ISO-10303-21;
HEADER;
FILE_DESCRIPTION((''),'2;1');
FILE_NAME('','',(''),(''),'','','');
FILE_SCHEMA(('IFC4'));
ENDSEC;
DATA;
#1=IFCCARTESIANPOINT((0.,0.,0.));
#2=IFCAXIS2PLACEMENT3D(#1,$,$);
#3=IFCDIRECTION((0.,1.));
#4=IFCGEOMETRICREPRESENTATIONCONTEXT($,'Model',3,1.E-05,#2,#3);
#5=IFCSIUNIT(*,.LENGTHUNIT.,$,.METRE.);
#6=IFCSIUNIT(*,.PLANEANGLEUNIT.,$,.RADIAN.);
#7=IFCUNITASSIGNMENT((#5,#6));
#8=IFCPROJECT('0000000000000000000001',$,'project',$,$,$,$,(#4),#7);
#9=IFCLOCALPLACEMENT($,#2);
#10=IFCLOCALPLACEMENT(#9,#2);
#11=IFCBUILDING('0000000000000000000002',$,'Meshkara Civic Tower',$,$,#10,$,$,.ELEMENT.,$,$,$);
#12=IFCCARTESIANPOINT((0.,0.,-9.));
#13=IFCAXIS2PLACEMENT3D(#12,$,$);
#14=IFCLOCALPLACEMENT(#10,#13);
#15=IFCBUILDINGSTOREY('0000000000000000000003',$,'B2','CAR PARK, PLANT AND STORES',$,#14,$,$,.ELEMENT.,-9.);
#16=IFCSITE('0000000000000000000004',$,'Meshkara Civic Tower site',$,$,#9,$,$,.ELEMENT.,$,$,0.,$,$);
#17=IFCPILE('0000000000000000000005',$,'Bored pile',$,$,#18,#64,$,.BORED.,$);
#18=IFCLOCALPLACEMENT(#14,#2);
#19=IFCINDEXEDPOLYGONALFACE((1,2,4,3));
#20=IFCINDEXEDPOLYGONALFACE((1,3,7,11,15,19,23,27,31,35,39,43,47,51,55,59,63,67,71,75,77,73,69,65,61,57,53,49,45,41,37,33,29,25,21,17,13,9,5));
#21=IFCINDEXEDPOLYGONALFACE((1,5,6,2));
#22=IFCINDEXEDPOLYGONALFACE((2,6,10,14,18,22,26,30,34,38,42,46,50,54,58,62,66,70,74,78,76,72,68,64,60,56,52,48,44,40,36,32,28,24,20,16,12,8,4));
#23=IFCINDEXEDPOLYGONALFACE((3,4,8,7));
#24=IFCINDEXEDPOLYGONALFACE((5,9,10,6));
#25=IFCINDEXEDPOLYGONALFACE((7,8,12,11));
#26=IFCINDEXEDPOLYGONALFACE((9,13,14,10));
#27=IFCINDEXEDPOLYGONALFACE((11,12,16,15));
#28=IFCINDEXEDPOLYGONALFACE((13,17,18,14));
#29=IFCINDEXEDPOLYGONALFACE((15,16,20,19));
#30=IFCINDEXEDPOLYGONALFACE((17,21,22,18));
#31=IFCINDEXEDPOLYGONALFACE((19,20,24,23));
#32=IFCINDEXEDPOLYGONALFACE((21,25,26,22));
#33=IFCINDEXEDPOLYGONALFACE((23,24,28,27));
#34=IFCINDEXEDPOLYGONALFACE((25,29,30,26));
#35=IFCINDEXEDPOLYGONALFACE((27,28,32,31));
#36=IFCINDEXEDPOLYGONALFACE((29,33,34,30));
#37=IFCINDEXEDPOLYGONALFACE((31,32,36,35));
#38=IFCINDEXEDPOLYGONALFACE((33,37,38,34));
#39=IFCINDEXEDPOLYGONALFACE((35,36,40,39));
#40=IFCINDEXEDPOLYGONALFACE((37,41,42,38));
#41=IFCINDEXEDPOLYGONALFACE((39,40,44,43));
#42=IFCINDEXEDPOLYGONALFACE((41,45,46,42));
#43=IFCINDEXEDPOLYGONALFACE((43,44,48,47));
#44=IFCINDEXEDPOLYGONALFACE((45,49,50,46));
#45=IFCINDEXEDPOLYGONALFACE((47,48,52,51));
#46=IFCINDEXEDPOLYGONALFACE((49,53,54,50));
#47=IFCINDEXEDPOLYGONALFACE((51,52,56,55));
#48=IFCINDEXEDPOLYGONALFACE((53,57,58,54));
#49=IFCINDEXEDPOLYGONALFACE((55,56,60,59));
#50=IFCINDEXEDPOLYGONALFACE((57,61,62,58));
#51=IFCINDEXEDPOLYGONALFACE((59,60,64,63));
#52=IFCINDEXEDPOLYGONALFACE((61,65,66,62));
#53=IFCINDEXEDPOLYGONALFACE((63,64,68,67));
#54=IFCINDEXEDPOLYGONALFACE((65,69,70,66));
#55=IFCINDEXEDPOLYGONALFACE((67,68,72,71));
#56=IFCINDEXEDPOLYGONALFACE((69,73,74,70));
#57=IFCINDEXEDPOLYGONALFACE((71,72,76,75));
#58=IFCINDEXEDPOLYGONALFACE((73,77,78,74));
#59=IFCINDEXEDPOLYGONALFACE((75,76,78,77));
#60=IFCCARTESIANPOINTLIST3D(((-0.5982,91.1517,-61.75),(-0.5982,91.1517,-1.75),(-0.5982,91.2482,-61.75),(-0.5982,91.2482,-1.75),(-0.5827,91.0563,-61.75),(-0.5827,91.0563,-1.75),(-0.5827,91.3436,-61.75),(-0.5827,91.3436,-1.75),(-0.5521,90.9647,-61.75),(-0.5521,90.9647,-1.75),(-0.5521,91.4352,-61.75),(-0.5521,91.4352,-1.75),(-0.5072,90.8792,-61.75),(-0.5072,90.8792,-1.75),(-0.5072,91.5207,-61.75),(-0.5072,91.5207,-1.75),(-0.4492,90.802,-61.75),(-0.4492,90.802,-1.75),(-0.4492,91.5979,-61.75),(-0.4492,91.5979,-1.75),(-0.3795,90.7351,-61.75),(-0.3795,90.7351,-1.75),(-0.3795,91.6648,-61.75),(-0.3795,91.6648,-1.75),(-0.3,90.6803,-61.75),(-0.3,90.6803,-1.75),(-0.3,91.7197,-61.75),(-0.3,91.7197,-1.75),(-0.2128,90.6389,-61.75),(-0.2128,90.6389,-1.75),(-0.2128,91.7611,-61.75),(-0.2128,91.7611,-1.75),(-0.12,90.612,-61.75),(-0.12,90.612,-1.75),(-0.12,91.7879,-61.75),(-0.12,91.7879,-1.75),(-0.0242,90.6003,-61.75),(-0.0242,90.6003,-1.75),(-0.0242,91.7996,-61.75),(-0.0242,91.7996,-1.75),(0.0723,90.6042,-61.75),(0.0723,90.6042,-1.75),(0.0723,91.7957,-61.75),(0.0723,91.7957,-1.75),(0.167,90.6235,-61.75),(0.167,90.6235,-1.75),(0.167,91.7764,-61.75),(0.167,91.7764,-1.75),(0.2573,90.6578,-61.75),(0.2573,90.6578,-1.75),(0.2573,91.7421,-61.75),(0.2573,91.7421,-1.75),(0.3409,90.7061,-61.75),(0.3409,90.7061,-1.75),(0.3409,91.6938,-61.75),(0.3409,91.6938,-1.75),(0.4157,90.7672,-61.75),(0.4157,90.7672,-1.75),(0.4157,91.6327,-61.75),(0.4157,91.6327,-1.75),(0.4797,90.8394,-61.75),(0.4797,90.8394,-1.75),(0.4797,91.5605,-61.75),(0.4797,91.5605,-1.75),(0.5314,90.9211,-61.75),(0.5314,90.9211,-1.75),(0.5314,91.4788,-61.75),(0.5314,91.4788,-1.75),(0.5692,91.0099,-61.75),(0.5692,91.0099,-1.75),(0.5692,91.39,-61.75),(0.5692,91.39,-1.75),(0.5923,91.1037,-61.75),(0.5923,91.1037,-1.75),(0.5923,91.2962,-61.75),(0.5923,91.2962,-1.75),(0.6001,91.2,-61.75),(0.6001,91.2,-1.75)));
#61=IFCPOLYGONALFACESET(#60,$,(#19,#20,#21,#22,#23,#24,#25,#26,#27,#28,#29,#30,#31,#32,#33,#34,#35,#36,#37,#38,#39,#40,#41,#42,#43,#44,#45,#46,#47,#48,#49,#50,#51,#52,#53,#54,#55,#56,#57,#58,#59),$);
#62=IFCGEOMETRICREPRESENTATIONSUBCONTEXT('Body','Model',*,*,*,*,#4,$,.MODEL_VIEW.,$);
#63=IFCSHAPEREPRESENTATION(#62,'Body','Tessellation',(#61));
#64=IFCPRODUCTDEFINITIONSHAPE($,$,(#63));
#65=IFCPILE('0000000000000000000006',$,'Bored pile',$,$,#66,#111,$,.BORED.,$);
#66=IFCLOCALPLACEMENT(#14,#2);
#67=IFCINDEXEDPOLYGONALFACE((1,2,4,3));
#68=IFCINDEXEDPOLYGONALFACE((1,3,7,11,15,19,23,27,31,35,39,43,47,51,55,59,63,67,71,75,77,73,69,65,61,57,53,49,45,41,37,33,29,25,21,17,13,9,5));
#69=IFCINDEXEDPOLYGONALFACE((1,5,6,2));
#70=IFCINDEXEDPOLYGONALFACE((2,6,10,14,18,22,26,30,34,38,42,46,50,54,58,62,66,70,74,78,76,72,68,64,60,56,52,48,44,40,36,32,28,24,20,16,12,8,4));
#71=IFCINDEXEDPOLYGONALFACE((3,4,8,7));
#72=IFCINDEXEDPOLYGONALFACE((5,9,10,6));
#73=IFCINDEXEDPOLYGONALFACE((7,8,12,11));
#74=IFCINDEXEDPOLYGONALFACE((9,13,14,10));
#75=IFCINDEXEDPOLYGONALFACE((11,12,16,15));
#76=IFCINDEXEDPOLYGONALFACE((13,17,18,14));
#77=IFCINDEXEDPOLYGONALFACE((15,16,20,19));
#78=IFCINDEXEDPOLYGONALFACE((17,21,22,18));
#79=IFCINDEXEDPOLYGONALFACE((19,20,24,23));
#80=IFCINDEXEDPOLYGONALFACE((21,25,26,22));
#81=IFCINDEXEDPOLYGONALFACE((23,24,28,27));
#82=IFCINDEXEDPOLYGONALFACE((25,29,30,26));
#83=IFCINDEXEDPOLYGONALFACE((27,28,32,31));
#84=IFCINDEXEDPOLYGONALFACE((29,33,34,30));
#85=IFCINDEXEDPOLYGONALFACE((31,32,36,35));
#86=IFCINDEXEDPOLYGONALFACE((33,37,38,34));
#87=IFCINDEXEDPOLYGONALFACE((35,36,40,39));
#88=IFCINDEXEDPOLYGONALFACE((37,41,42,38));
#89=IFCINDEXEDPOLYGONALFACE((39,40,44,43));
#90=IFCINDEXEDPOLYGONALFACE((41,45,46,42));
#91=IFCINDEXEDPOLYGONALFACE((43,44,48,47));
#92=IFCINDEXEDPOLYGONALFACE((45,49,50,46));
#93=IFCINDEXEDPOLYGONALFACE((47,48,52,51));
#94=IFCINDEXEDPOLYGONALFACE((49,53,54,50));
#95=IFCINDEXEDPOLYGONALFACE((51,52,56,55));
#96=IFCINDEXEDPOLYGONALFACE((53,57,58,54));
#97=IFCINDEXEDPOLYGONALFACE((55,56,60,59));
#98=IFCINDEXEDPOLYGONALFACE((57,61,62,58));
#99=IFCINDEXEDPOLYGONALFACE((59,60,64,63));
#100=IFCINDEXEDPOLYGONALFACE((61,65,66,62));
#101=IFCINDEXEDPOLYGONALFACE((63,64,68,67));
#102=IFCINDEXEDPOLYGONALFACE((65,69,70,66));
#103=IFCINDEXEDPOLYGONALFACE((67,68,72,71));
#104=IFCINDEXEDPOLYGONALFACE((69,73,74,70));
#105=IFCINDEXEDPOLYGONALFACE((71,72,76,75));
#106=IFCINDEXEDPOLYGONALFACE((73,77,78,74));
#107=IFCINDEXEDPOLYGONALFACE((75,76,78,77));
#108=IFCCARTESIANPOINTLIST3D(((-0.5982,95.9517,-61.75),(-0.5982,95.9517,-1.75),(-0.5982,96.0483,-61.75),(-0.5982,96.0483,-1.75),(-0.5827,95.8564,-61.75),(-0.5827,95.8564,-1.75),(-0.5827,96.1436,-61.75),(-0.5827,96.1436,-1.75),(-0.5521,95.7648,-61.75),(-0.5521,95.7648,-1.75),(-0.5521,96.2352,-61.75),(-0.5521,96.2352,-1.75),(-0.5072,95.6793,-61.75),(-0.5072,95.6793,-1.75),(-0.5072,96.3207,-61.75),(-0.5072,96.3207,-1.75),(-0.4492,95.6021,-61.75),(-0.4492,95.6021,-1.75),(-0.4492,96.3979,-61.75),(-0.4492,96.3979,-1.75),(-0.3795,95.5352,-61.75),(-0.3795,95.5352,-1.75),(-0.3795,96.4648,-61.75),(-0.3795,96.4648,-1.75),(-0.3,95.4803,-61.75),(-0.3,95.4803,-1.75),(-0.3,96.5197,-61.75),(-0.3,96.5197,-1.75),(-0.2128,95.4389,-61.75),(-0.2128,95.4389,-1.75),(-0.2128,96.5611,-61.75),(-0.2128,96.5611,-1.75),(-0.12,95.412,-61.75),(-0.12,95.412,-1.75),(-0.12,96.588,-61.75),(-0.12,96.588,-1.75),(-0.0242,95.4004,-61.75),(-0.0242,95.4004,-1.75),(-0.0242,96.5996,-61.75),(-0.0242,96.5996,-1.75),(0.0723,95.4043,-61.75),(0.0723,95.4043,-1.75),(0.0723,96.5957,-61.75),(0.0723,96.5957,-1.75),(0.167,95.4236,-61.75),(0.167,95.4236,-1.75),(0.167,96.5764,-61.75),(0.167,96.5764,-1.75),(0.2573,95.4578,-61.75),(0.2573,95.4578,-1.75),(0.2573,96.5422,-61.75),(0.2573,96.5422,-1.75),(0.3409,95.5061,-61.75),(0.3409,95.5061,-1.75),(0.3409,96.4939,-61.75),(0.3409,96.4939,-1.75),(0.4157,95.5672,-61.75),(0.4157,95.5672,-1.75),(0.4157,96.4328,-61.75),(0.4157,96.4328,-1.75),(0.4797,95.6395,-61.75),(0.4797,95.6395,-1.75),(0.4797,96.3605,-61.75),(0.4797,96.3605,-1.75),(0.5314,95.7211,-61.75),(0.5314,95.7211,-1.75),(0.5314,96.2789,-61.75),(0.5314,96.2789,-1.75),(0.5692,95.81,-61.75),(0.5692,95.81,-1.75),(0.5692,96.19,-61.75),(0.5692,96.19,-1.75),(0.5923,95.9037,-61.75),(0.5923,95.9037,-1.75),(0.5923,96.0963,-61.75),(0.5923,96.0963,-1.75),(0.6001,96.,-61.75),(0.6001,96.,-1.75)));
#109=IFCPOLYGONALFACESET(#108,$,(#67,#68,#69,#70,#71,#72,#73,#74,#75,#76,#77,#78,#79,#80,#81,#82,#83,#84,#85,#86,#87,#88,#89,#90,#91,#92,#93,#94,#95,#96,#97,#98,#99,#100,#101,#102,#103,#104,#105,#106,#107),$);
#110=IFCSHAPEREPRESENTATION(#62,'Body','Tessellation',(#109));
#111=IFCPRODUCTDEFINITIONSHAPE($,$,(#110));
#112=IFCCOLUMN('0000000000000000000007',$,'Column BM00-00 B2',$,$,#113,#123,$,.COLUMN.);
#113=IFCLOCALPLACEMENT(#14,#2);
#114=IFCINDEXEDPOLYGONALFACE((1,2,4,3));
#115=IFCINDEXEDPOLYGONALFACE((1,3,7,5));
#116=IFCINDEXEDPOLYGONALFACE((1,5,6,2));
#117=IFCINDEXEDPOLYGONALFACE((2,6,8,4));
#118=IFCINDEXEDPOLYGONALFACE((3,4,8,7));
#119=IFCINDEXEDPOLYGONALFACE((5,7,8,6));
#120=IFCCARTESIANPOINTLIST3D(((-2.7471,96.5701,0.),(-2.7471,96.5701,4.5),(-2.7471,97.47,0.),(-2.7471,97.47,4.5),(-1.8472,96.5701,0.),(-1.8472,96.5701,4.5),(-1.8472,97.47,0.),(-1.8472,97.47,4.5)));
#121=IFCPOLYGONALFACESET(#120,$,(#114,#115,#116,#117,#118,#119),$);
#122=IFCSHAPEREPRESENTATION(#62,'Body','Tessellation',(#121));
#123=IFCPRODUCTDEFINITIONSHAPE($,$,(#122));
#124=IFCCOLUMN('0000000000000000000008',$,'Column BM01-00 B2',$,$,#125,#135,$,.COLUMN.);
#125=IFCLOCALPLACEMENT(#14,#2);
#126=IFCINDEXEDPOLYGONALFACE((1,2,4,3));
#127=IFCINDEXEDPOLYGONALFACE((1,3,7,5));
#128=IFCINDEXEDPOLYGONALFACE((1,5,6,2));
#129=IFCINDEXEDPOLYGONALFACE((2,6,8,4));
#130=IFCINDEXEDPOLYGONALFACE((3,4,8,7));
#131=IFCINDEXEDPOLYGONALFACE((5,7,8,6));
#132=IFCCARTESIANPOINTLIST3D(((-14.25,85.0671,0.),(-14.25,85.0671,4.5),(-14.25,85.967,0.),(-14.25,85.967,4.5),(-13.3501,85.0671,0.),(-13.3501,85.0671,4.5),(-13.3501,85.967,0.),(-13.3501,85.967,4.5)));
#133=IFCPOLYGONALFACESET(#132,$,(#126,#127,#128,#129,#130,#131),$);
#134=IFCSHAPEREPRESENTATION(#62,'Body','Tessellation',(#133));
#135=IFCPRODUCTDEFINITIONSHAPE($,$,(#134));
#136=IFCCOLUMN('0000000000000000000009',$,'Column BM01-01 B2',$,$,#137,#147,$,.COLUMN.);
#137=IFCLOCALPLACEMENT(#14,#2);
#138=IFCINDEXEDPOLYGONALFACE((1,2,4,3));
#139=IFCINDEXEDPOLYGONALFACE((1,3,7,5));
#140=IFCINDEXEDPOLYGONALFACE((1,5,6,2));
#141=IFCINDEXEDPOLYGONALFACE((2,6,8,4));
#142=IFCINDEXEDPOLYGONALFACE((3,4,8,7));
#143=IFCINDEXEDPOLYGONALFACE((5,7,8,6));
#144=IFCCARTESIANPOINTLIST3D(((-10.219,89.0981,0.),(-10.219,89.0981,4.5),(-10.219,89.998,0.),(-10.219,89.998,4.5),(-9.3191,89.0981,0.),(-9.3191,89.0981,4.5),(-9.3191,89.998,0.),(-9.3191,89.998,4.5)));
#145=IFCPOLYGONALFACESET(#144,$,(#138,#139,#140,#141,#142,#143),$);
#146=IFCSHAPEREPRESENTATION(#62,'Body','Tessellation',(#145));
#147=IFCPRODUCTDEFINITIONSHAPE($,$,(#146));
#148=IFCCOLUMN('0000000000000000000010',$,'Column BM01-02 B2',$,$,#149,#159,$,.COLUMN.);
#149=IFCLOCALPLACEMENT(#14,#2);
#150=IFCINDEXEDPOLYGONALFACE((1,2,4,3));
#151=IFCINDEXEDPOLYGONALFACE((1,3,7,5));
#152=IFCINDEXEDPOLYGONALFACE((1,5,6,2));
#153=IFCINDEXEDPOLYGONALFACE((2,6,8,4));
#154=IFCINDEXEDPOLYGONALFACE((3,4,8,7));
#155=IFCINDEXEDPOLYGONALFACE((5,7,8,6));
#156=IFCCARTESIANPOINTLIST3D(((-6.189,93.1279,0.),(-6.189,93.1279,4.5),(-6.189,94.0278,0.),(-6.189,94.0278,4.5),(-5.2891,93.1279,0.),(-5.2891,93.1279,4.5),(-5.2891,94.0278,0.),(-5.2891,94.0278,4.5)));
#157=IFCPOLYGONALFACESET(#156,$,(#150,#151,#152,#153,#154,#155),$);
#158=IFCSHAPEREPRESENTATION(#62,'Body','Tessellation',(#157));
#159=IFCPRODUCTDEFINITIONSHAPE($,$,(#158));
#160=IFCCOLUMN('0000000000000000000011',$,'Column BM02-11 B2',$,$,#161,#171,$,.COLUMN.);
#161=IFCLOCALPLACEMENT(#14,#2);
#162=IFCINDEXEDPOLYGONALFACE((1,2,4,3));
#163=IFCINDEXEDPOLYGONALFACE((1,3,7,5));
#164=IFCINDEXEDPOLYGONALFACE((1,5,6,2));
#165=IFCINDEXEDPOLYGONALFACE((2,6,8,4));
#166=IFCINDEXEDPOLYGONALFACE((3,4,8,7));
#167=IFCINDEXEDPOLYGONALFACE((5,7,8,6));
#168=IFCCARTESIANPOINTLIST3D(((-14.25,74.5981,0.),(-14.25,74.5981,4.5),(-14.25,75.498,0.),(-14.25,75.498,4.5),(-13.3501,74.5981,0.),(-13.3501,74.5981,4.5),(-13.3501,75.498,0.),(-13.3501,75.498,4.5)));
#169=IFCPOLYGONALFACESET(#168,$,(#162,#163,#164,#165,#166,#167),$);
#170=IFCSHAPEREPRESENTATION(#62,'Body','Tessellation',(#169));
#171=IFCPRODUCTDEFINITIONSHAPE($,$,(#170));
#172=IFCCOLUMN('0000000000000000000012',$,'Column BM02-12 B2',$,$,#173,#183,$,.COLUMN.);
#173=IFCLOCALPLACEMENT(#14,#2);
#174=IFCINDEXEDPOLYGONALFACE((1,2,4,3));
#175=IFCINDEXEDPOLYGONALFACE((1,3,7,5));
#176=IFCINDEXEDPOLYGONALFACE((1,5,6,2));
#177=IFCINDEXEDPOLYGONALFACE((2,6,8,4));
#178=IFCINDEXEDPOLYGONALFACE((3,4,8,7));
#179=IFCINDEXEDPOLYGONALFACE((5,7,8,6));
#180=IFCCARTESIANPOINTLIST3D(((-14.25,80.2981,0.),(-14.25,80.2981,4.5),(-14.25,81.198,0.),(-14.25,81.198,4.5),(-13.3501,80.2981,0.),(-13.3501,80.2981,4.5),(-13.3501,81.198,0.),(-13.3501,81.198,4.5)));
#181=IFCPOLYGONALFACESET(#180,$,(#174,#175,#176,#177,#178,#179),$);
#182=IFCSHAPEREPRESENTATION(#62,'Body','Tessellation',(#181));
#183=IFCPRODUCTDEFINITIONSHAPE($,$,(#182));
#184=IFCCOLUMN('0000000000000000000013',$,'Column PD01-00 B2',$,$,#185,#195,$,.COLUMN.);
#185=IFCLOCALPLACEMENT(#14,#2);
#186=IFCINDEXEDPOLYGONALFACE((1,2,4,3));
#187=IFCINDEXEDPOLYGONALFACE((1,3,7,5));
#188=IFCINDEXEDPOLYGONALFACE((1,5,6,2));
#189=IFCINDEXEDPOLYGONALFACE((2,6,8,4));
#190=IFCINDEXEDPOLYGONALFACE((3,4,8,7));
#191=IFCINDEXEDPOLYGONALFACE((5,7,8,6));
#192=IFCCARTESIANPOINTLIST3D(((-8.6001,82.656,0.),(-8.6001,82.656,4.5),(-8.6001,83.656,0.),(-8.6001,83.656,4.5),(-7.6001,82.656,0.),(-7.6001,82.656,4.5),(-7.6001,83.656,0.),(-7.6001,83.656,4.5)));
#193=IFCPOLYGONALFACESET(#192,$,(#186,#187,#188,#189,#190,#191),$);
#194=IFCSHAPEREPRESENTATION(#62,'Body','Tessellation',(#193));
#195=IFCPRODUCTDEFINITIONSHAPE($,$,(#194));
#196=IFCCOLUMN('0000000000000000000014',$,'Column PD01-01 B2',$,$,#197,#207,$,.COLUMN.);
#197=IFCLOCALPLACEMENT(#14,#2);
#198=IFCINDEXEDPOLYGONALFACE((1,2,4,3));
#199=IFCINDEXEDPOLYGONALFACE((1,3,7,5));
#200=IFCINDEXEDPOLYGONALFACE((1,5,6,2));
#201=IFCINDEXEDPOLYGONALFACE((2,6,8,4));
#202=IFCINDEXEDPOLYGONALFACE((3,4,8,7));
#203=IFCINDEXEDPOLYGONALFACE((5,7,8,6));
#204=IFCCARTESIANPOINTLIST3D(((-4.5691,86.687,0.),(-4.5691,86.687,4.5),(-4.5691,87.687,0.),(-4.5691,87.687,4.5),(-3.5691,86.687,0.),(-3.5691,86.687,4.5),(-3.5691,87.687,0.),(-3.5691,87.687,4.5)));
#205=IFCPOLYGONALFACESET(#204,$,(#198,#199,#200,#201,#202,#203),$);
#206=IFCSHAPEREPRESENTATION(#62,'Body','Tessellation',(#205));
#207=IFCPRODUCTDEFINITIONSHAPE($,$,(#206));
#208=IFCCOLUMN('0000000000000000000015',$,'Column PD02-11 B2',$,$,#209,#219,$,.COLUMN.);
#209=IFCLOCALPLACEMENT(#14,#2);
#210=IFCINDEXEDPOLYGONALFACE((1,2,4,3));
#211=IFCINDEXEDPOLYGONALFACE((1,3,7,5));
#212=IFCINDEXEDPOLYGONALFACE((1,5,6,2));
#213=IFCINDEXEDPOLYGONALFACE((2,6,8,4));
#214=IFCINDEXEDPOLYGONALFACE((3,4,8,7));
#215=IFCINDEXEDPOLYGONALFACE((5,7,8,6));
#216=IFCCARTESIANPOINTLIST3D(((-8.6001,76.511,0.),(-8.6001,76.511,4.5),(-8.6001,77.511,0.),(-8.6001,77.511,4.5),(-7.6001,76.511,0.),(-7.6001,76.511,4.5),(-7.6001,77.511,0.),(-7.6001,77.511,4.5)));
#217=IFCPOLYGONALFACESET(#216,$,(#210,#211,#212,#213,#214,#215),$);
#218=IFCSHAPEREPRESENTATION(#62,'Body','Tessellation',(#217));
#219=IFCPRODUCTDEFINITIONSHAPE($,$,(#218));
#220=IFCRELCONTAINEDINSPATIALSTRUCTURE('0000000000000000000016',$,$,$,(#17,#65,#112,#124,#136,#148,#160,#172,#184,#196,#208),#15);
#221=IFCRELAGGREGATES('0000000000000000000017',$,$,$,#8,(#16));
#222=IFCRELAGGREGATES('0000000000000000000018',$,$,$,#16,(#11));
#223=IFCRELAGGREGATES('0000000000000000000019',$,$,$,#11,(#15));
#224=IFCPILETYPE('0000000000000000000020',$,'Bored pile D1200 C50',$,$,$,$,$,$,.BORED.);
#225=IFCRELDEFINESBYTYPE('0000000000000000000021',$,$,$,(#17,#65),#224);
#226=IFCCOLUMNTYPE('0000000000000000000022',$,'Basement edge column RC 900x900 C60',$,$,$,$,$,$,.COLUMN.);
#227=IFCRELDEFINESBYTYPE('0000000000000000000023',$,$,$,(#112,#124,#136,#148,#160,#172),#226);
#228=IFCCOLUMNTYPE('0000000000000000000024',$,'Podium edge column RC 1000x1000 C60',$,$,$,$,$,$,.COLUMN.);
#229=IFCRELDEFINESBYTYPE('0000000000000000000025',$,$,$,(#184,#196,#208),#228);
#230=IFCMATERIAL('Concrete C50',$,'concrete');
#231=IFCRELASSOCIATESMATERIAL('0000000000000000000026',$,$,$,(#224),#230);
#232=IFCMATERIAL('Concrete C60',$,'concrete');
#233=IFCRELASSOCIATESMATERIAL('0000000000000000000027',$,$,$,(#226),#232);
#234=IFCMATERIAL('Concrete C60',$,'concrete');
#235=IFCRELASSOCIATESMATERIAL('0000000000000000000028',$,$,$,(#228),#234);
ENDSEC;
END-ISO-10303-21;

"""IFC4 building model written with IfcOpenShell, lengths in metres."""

from ifc_helpers import new_model, si_unit, direction, frame, origin, origin_2d, place, context, subcontext, project, spatial, rectangle, circle, extrude, material, material_profile, profile_set, type_object, element, save


model = new_model("IFC4")

# Units and contexts
model_context = context("Model", 3, precision=1e-05, world=origin(), true_north=direction((0.0, 1.0)))
body_context = subcontext(model_context, "Body", "Model", "MODEL_VIEW")
ifc_project = project(units=[si_unit("LENGTHUNIT", "METRE"), si_unit("PLANEANGLEUNIT", "RADIAN")], contexts=[model_context])

# Site, building, storey
site_placement = place(None, origin())
site = spatial("IfcSite", under=ifc_project, at=site_placement, Name="Meshkara Civic Tower site", CompositionType="ELEMENT", RefElevation=0.0)
building_placement = place(site_placement, origin())
building = spatial("IfcBuilding", under=site, at=building_placement, Name="Meshkara Civic Tower", CompositionType="ELEMENT")
storey_placement = place(building_placement, frame((0.0, 0.0, -9.0)))
storey = spatial("IfcBuildingStorey", under=building, at=storey_placement, Name="B2", Description="CAR PARK, PLANT AND STORES", CompositionType="ELEMENT", Elevation=-9.0)

# Piles
ifc_material_1 = material(Name="Concrete C50", Category="concrete")
ifc_material_profile_1 = material_profile(ifc_material_1, circle(Radius=0.6001, at=origin_2d()))
ifc_profile_set_1 = profile_set([ifc_material_profile_1], Name="Concrete C50")
pile_type = type_object("IfcPileType", Name="Bored pile D1200 C50", PredefinedType="BORED", material=ifc_profile_set_1)
for number, where, z_axis, x_axis, name in (
    (1, (0.0, 91.2, -1.75), (0.0, 0.0, -1.0), (1.0, 0.0, 0.0), "Bored pile"),
    (2, (0.0, 96.0, -1.75), (0.0, 0.0, -1.0), (1.0, 0.0, 0.0), "Bored pile"),
):
    element("IfcPile", number, at=place(storey_placement, frame(where, z_axis=z_axis, x_axis=x_axis)), inside=storey, type_object=pile_type, Name=name, PredefinedType="BORED", context=body_context, shape_type="SweptSolid", body=[
        extrude(circle(Radius=0.6001, at=origin_2d()), origin(), (0.0, 0.0, 1.0), 60.0),
    ])

# Columns
ifc_material_2 = material(Name="Concrete C60", Category="concrete")
ifc_material_profile_2 = material_profile(ifc_material_2, rectangle(XDim=0.8999, YDim=0.8999, at=origin_2d()))
ifc_profile_set_2 = profile_set([ifc_material_profile_2], Name="Concrete C60")
column_type_1 = type_object("IfcColumnType", Name="Basement edge column RC 900x900 C60", PredefinedType="COLUMN", material=ifc_profile_set_2)
for number, where, z_axis, x_axis, name in (
    (3, (-2.2971, 97.02, 0.0), (0.0, 0.0, 1.0), (1.0, 0.0, 0.0), "Column BM00-00 B2"),
    (4, (-13.8, 85.5171, 0.0), (0.0, 0.0, 1.0), (1.0, 0.0, 0.0), "Column BM01-00 B2"),
    (5, (-9.769, 89.5481, 0.0), (0.0, 0.0, 1.0), (1.0, 0.0, 0.0), "Column BM01-01 B2"),
    (6, (-5.739, 93.5779, 0.0), (0.0, 0.0, 1.0), (1.0, 0.0, 0.0), "Column BM01-02 B2"),
    (7, (-13.8, 75.0481, 0.0), (0.0, 0.0, 1.0), (1.0, 0.0, 0.0), "Column BM02-11 B2"),
    (8, (-13.8, 80.748, 0.0), (0.0, 0.0, 1.0), (1.0, 0.0, 0.0), "Column BM02-12 B2"),
):
    element("IfcColumn", number, at=place(storey_placement, frame(where, z_axis=z_axis, x_axis=x_axis)), inside=storey, type_object=column_type_1, Name=name, PredefinedType="COLUMN", context=body_context, shape_type="SweptSolid", body=[
        extrude(rectangle(XDim=0.8999, YDim=0.8999, at=origin_2d()), origin(), (0.0, 0.0, 1.0), 4.5),
    ])
ifc_material_3 = material(Name="Concrete C60", Category="concrete")
ifc_material_profile_3 = material_profile(ifc_material_3, rectangle(XDim=1.0, YDim=1.0, at=origin_2d()))
ifc_profile_set_3 = profile_set([ifc_material_profile_3], Name="Concrete C60")
column_type_2 = type_object("IfcColumnType", Name="Podium edge column RC 1000x1000 C60", PredefinedType="COLUMN", material=ifc_profile_set_3)
for number, where, z_axis, x_axis, name in (
    (9, (-8.1001, 83.156, 0.0), (0.0, 0.0, 1.0), (1.0, 0.0, 0.0), "Column PD01-00 B2"),
    (10, (-4.0691, 87.187, 0.0), (0.0, 0.0, 1.0), (1.0, 0.0, 0.0), "Column PD01-01 B2"),
    (11, (-8.1001, 77.011, 0.0), (0.0, 0.0, 1.0), (1.0, 0.0, 0.0), "Column PD02-11 B2"),
):
    element("IfcColumn", number, at=place(storey_placement, frame(where, z_axis=z_axis, x_axis=x_axis)), inside=storey, type_object=column_type_2, Name=name, PredefinedType="COLUMN", context=body_context, shape_type="SweptSolid", body=[
        extrude(rectangle(XDim=1.0, YDim=1.0, at=origin_2d()), origin(), (0.0, 0.0, 1.0), 4.5),
    ])

save(model, "model.ifc")
